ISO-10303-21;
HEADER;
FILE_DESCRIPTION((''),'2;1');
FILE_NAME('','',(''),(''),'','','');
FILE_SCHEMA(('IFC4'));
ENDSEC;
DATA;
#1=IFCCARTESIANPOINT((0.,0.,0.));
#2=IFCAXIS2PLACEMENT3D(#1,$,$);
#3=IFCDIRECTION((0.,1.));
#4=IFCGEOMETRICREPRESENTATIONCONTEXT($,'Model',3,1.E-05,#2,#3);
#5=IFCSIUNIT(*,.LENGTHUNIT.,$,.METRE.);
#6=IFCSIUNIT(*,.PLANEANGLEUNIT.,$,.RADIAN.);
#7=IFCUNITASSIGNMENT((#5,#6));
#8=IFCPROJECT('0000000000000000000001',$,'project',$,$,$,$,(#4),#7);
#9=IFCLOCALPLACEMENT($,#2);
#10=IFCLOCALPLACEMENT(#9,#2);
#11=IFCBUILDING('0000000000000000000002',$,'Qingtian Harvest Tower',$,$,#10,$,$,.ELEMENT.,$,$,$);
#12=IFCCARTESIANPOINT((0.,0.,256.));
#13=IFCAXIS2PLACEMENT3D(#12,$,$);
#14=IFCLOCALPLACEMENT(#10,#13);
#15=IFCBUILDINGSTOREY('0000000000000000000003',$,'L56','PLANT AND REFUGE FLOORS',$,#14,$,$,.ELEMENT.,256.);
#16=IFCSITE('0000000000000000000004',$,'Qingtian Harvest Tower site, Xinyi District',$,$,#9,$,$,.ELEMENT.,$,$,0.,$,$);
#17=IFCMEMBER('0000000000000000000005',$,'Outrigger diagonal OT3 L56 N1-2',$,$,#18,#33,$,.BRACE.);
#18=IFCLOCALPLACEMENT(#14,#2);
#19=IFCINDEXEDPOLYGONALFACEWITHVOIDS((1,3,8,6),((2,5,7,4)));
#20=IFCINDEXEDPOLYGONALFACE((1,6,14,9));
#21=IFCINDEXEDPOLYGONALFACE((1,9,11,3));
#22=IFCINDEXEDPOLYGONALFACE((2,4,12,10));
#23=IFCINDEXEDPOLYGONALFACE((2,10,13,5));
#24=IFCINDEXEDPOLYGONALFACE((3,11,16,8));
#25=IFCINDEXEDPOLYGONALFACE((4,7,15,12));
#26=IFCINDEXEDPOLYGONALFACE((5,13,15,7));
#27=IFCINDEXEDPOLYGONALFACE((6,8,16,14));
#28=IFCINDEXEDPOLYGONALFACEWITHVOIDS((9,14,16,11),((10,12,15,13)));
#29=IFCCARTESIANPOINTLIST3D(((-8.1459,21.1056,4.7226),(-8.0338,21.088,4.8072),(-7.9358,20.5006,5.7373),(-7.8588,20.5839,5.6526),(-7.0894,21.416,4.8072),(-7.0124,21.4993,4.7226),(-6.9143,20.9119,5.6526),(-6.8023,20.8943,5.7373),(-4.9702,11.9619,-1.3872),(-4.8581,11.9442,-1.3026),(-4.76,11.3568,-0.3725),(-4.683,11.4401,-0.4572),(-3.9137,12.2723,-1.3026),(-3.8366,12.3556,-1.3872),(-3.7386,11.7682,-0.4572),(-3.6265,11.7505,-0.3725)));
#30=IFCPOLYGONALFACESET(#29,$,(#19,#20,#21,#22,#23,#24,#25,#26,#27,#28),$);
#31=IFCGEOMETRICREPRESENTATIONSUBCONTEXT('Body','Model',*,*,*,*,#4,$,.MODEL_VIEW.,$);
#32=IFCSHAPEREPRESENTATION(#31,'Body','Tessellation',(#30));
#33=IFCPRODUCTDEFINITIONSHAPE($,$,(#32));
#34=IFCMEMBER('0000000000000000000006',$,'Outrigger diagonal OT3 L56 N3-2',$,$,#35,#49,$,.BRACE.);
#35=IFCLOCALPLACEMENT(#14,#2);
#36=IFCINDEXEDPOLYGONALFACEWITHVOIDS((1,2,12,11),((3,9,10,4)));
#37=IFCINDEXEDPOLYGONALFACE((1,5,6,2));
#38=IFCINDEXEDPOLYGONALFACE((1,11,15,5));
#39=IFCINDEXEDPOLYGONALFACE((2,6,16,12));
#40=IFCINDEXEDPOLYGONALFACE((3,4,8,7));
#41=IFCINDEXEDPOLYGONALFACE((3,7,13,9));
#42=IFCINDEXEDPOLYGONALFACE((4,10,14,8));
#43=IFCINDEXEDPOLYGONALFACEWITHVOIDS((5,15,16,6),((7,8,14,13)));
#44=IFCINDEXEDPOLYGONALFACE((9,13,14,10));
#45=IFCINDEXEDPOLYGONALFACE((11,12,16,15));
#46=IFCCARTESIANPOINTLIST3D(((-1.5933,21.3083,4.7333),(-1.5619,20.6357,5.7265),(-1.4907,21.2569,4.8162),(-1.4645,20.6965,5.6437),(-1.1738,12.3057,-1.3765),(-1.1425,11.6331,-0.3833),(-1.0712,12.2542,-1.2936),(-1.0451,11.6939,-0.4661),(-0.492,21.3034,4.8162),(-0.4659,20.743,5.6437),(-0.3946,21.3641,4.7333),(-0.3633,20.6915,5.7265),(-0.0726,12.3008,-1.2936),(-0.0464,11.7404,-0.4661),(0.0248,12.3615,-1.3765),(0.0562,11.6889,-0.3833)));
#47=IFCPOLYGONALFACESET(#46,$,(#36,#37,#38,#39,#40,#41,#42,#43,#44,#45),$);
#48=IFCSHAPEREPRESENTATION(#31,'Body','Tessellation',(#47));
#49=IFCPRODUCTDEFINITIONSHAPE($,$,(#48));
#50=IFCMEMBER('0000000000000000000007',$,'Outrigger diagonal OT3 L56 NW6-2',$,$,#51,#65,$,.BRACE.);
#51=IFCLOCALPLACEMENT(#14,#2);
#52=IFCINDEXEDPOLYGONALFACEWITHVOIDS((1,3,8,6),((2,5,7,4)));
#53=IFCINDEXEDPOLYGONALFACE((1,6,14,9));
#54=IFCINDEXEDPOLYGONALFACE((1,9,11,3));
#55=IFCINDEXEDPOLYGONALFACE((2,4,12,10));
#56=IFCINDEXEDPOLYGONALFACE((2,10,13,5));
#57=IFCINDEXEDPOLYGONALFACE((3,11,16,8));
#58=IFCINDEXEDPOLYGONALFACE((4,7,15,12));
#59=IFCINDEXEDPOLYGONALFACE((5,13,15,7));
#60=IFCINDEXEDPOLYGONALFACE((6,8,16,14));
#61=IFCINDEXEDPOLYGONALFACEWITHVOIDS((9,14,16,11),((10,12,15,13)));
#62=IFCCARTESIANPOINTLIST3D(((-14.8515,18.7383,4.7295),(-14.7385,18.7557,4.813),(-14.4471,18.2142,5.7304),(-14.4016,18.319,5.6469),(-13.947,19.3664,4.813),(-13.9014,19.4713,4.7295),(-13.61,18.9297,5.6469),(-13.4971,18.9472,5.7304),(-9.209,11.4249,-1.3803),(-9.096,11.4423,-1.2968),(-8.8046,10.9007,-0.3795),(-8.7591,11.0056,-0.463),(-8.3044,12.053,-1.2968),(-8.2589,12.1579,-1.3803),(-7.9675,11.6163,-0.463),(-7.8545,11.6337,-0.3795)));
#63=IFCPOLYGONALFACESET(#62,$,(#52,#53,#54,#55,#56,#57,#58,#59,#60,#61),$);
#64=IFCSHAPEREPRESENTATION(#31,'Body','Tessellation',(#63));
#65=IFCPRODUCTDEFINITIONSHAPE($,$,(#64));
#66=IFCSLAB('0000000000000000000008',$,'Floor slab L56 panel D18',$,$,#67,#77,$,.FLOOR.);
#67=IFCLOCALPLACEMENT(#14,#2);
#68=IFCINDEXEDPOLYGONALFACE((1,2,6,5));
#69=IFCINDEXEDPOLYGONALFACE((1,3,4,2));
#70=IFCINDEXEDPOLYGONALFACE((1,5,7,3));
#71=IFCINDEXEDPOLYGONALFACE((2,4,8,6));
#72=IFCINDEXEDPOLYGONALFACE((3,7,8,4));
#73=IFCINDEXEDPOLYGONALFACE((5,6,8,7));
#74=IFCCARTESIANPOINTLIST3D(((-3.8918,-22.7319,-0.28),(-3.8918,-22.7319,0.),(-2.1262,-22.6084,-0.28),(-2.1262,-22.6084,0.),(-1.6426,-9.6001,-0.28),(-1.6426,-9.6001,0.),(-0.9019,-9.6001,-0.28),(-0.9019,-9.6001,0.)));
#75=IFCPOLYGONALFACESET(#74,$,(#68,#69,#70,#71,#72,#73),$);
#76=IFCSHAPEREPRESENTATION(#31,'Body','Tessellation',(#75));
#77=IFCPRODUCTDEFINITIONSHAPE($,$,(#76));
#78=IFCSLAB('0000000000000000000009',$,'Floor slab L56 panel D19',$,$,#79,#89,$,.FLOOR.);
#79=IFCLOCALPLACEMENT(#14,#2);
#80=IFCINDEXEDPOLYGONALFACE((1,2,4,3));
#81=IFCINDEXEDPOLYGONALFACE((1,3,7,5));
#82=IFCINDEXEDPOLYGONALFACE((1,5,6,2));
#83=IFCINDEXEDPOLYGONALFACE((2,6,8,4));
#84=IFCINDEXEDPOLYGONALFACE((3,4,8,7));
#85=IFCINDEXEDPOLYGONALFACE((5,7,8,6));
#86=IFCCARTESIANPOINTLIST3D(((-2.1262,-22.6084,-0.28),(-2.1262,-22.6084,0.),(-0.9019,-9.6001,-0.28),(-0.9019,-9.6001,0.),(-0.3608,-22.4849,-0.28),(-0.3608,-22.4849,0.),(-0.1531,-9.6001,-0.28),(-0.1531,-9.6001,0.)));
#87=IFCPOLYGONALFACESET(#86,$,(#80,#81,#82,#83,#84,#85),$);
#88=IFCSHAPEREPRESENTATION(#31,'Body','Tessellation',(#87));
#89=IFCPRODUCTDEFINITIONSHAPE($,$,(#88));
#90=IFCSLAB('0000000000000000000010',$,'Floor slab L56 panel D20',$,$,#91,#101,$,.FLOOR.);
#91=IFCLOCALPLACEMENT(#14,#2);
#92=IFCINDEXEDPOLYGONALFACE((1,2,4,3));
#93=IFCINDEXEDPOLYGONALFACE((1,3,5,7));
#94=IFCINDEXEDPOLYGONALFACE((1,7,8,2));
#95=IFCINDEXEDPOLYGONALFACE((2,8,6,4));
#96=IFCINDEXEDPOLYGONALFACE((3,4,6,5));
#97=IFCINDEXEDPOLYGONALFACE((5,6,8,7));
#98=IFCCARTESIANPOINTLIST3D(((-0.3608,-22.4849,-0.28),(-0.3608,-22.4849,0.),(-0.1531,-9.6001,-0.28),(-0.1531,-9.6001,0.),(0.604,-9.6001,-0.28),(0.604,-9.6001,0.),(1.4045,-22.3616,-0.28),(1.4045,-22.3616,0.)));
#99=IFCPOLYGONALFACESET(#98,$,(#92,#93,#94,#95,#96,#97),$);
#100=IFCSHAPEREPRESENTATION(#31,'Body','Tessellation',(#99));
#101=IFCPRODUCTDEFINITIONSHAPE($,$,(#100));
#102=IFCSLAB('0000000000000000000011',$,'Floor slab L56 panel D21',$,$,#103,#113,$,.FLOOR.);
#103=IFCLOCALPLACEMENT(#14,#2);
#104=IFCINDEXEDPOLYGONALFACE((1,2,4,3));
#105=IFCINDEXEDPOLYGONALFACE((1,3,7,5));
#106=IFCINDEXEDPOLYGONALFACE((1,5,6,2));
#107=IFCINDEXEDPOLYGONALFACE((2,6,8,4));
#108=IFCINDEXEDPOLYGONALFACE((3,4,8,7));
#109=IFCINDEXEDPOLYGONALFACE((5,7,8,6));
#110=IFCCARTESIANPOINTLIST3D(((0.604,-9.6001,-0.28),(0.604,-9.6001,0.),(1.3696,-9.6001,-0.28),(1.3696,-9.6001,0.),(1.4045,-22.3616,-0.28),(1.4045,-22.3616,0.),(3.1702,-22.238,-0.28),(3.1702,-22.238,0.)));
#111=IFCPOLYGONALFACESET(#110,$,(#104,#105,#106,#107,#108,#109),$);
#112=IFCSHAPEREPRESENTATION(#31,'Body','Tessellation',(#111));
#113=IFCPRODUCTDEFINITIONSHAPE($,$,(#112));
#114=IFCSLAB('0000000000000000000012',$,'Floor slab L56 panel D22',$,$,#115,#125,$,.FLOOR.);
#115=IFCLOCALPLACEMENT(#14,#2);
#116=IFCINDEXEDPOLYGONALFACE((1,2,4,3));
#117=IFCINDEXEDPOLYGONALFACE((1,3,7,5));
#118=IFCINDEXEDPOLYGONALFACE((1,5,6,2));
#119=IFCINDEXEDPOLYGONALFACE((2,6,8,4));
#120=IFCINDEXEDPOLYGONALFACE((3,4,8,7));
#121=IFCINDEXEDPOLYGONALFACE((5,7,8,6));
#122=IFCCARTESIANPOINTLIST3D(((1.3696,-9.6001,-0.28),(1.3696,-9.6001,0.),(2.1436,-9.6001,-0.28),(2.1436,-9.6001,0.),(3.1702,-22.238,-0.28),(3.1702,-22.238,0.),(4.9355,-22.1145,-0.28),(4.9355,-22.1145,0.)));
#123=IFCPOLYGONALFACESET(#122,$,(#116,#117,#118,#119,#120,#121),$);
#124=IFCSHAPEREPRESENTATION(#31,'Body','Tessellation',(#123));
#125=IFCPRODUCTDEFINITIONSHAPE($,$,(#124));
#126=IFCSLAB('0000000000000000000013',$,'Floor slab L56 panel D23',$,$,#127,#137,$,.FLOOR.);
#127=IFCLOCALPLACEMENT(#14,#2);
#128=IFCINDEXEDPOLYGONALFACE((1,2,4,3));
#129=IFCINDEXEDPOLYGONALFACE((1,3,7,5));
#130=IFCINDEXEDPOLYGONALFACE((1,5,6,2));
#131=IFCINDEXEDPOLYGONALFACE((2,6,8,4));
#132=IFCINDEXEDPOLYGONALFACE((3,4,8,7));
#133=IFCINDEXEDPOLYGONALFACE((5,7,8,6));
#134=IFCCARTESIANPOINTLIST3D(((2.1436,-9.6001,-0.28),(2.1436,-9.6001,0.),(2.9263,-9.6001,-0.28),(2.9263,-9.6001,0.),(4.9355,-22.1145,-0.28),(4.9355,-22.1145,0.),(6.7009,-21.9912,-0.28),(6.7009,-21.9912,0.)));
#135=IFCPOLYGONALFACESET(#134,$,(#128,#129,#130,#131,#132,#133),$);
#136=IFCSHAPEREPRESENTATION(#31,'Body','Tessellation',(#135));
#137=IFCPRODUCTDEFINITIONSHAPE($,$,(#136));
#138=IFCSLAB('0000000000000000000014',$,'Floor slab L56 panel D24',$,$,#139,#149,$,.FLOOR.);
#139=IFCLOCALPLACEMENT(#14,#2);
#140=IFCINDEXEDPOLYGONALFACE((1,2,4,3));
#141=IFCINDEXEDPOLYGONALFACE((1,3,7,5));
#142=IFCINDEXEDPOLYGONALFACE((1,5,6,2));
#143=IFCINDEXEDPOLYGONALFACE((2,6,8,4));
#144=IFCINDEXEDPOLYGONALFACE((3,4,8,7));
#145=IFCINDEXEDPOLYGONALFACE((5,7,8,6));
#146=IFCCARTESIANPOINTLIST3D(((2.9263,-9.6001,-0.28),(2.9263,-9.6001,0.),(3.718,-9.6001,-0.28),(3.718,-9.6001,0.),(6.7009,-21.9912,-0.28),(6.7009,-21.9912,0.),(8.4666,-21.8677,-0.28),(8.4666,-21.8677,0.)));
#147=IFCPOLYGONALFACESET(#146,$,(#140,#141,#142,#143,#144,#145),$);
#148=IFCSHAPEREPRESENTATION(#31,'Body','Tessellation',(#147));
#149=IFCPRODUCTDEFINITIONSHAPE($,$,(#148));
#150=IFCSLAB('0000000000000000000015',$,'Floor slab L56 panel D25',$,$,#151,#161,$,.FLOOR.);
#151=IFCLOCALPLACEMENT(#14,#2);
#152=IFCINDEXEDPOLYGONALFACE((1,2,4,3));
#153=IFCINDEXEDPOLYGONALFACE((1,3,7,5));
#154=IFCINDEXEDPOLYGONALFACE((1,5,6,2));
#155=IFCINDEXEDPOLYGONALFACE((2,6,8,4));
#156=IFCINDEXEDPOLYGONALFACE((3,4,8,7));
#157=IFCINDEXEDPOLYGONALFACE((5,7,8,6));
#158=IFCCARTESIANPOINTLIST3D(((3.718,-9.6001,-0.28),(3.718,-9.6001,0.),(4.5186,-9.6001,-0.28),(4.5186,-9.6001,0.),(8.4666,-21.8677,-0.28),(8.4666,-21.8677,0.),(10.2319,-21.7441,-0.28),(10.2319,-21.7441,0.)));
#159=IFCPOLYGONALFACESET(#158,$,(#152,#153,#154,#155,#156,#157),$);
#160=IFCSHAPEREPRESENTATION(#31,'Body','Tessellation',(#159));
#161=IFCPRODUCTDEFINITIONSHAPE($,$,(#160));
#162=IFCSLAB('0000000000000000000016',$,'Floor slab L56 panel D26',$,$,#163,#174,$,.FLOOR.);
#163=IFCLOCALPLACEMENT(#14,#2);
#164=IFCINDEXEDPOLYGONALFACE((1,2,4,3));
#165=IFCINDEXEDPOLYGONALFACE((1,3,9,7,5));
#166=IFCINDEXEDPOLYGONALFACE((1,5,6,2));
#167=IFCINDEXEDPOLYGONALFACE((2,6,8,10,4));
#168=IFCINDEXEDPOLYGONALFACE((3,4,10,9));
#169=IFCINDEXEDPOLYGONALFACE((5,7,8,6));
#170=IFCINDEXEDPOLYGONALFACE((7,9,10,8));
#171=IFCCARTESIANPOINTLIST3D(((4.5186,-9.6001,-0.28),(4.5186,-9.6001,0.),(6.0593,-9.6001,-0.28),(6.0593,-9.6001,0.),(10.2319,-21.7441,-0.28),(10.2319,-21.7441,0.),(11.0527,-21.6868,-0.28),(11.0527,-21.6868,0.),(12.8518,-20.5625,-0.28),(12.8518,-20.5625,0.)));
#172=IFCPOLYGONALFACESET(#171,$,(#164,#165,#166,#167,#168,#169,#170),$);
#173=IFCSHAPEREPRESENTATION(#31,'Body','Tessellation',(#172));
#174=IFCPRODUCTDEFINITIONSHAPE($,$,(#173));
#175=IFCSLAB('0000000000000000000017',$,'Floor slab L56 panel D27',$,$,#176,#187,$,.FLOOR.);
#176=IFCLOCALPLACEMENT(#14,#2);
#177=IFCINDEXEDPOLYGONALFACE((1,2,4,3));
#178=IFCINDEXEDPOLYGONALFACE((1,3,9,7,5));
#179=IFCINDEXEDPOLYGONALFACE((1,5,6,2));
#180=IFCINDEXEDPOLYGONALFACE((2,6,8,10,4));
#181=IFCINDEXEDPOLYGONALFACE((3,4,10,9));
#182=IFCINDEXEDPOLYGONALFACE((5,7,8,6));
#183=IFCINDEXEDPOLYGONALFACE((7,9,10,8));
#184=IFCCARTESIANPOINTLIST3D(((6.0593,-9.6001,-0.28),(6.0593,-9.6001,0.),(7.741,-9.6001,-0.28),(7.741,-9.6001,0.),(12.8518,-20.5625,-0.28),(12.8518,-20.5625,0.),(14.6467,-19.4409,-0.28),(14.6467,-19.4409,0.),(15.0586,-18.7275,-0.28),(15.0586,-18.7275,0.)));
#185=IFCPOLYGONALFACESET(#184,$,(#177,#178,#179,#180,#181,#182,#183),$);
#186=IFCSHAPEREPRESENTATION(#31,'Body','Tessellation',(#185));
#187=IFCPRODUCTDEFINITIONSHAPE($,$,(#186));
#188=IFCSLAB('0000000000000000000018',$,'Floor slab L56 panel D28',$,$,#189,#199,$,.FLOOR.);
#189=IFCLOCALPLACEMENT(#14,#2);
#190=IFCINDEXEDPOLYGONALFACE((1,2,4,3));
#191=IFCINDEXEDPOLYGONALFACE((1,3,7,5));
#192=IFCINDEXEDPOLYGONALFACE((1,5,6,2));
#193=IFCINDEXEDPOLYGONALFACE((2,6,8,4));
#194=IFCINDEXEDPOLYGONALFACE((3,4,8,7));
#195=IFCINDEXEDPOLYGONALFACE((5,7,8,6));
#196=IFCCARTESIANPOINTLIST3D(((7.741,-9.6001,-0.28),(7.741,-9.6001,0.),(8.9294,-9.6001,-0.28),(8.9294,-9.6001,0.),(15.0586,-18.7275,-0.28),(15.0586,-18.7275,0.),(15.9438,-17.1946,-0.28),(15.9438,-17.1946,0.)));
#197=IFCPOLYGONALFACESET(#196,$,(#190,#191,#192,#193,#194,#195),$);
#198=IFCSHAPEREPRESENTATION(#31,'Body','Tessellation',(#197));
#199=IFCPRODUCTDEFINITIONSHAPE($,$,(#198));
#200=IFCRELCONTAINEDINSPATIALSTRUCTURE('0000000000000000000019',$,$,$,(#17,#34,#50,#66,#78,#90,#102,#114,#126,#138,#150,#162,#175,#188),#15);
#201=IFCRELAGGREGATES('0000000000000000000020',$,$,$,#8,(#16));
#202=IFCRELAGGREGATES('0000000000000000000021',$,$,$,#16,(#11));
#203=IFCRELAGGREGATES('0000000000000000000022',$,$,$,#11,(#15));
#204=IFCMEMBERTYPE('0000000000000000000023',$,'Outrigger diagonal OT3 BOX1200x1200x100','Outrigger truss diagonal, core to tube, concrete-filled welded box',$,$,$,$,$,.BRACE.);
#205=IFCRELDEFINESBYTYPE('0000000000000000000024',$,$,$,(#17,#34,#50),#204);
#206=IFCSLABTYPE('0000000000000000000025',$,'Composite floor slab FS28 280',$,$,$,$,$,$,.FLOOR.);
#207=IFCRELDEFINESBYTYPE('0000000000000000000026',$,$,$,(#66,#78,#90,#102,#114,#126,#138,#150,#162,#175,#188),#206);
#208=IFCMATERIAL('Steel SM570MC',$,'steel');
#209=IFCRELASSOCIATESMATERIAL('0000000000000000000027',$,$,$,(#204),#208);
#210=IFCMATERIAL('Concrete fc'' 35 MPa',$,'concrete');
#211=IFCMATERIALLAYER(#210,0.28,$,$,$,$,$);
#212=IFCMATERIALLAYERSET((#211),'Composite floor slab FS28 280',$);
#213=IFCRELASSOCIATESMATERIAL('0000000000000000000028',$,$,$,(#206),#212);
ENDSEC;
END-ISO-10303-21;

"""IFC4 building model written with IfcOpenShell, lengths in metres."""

from ifc_helpers import new_model, si_unit, direction, frame, origin, origin_2d, place, context, subcontext, project, spatial, polyline, hollow_rectangle, outline, extrude, material, layer, layer_set, material_profile, profile_set, type_object, element, save


model = new_model("IFC4")

# Units and contexts
model_context = context("Model", 3, precision=1e-05, world=origin(), true_north=direction((0.0, 1.0)))
body_context = subcontext(model_context, "Body", "Model", "MODEL_VIEW")
ifc_project = project(units=[si_unit("LENGTHUNIT", "METRE"), si_unit("PLANEANGLEUNIT", "RADIAN")], contexts=[model_context])

# Site, building, storey
site_placement = place(None, origin())
site = spatial("IfcSite", under=ifc_project, at=site_placement, Name="Qingtian Harvest Tower site, Xinyi District", CompositionType="ELEMENT", RefElevation=0.0)
building_placement = place(site_placement, origin())
building = spatial("IfcBuilding", under=site, at=building_placement, Name="Qingtian Harvest Tower", CompositionType="ELEMENT")
storey_placement = place(building_placement, frame((0.0, 0.0, 256.0)))
storey = spatial("IfcBuildingStorey", under=building, at=storey_placement, Name="L56", Description="PLANT AND REFUGE FLOORS", CompositionType="ELEMENT", Elevation=256.0)

# Members
ifc_material_1 = material(Name="Steel SM570MC", Category="steel")
ifc_material_profile = material_profile(ifc_material_1, hollow_rectangle(XDim=1.2, YDim=1.2, WallThickness=0.1001, at=origin_2d()), Name="BOX1200x1200x100")
ifc_profile_set = profile_set([ifc_material_profile], Name="Steel SM570MC")
member_type = type_object("IfcMemberType", Name="Outrigger diagonal OT3 BOX1200x1200x100", Description="Outrigger truss diagonal, core to tube, concrete-filled welded box", PredefinedType="BRACE", material=ifc_profile_set)
member_1_placement = place(storey_placement, frame((-4.2983, 11.8562, -0.8799), z_axis=(-0.277443, 0.798821, 0.53377), x_axis=(-0.944646, -0.32809, 0.0)))
element("IfcMember", 1, at=member_1_placement, inside=storey, type_object=member_type, Name="Outrigger diagonal OT3 L56 N1-2", PredefinedType="BRACE", context=body_context, shape_type="SweptSolid", body=[
    extrude(hollow_rectangle(XDim=1.2, YDim=1.2, WallThickness=0.1001, at=origin_2d()), origin(), (0.0, 0.0, 1.0), 11.4465),
])
member_2_placement = place(storey_placement, frame((-0.5588, 11.9973, -0.8799), z_axis=(-0.038522, 0.826823, 0.561141), x_axis=(-0.998916, -0.046539, 0.0)))
element("IfcMember", 2, at=member_2_placement, inside=storey, type_object=member_type, Name="Outrigger diagonal OT3 L56 N3-2", PredefinedType="BRACE", context=body_context, shape_type="SweptSolid", body=[
    extrude(hollow_rectangle(XDim=1.2, YDim=1.2, WallThickness=0.1001, at=origin_2d()), origin(), (0.0, 0.0, 1.0), 10.8882),
])
member_3_placement = place(storey_placement, frame((-8.5317, 11.5293, -0.8799), z_axis=(-0.509487, 0.660358, 0.55168), x_axis=(-0.791743, -0.610855, 0.0)))
element("IfcMember", 3, at=member_3_placement, inside=storey, type_object=member_type, Name="Outrigger diagonal OT3 L56 NW6-2", PredefinedType="BRACE", context=body_context, shape_type="SweptSolid", body=[
    extrude(hollow_rectangle(XDim=1.2, YDim=1.2, WallThickness=0.1001, at=origin_2d()), origin(), (0.0, 0.0, 1.0), 11.075),
])

# Slabs
ifc_material_2 = material(Name="Concrete fc' 35 MPa", Category="concrete")
ifc_layer_1 = layer(ifc_material_2, 0.28)
ifc_layer_set_1 = layer_set([ifc_layer_1], Name="Composite floor slab FS28 280")
slab_type = type_object("IfcSlabType", Name="Composite floor slab FS28 280", PredefinedType="FLOOR", material=ifc_layer_set_1)
slab_1_placement = place(storey_placement, frame((0.0, 0.0, -0.28)))
element("IfcSlab", 4, at=slab_1_placement, inside=storey, type_object=slab_type, Name="Floor slab L56 panel D18", PredefinedType="FLOOR", context=body_context, shape_type="SweptSolid", body=[
    extrude(outline(polyline([(-0.9019, -9.6001), (-2.1262, -22.6084), (-3.8918, -22.7319), (-1.6426, -9.6001), (-0.9019, -9.6001)])), origin(), (0.0, 0.0, 1.0), 0.28),
])
slab_2_placement = place(storey_placement, frame((0.0, 0.0, -0.28)))
element("IfcSlab", 5, at=slab_2_placement, inside=storey, type_object=slab_type, Name="Floor slab L56 panel D19", PredefinedType="FLOOR", context=body_context, shape_type="SweptSolid", body=[
    extrude(outline(polyline([(-0.1531, -9.6001), (-0.3608, -22.4849), (-2.1262, -22.6084), (-0.9019, -9.6001), (-0.1531, -9.6001)])), origin(), (0.0, 0.0, 1.0), 0.28),
])
slab_3_placement = place(storey_placement, frame((0.0, 0.0, -0.28)))
element("IfcSlab", 6, at=slab_3_placement, inside=storey, type_object=slab_type, Name="Floor slab L56 panel D20", PredefinedType="FLOOR", context=body_context, shape_type="SweptSolid", body=[
    extrude(outline(polyline([(0.604, -9.6001), (1.4045, -22.3616), (-0.3608, -22.4849), (-0.1531, -9.6001), (0.604, -9.6001)])), origin(), (0.0, 0.0, 1.0), 0.28),
])
slab_4_placement = place(storey_placement, frame((0.0, 0.0, -0.28)))
element("IfcSlab", 7, at=slab_4_placement, inside=storey, type_object=slab_type, Name="Floor slab L56 panel D21", PredefinedType="FLOOR", context=body_context, shape_type="SweptSolid", body=[
    extrude(outline(polyline([(1.3696, -9.6001), (3.1702, -22.238), (1.4045, -22.3616), (0.604, -9.6001), (1.3696, -9.6001)])), origin(), (0.0, 0.0, 1.0), 0.28),
])
slab_5_placement = place(storey_placement, frame((0.0, 0.0, -0.28)))
element("IfcSlab", 8, at=slab_5_placement, inside=storey, type_object=slab_type, Name="Floor slab L56 panel D22", PredefinedType="FLOOR", context=body_context, shape_type="SweptSolid", body=[
    extrude(outline(polyline([(2.1436, -9.6001), (4.9355, -22.1145), (3.1702, -22.238), (1.3696, -9.6001), (2.1436, -9.6001)])), origin(), (0.0, 0.0, 1.0), 0.28),
])
slab_6_placement = place(storey_placement, frame((0.0, 0.0, -0.28)))
element("IfcSlab", 9, at=slab_6_placement, inside=storey, type_object=slab_type, Name="Floor slab L56 panel D23", PredefinedType="FLOOR", context=body_context, shape_type="SweptSolid", body=[
    extrude(outline(polyline([(2.9263, -9.6001), (6.7009, -21.9912), (4.9355, -22.1145), (2.1436, -9.6001), (2.9263, -9.6001)])), origin(), (0.0, 0.0, 1.0), 0.28),
])
slab_7_placement = place(storey_placement, frame((0.0, 0.0, -0.28)))
element("IfcSlab", 10, at=slab_7_placement, inside=storey, type_object=slab_type, Name="Floor slab L56 panel D24", PredefinedType="FLOOR", context=body_context, shape_type="SweptSolid", body=[
    extrude(outline(polyline([(3.718, -9.6001), (8.4666, -21.8677), (6.7009, -21.9912), (2.9263, -9.6001), (3.718, -9.6001)])), origin(), (0.0, 0.0, 1.0), 0.28),
])
slab_8_placement = place(storey_placement, frame((0.0, 0.0, -0.28)))
element("IfcSlab", 11, at=slab_8_placement, inside=storey, type_object=slab_type, Name="Floor slab L56 panel D25", PredefinedType="FLOOR", context=body_context, shape_type="SweptSolid", body=[
    extrude(outline(polyline([(4.5186, -9.6001), (10.2319, -21.7441), (8.4666, -21.8677), (3.718, -9.6001), (4.5186, -9.6001)])), origin(), (0.0, 0.0, 1.0), 0.28),
])
slab_9_placement = place(storey_placement, frame((0.0, 0.0, -0.28)))
element("IfcSlab", 12, at=slab_9_placement, inside=storey, type_object=slab_type, Name="Floor slab L56 panel D26", PredefinedType="FLOOR", context=body_context, shape_type="SweptSolid", body=[
    extrude(outline(polyline([(4.5186, -9.6001), (6.0593, -9.6001), (12.8518, -20.5625), (11.0527, -21.6868), (10.2319, -21.7441), (4.5186, -9.6001)])), origin(), (0.0, 0.0, 1.0), 0.28),
])
slab_10_placement = place(storey_placement, frame((0.0, 0.0, -0.28)))
element("IfcSlab", 13, at=slab_10_placement, inside=storey, type_object=slab_type, Name="Floor slab L56 panel D27", PredefinedType="FLOOR", context=body_context, shape_type="SweptSolid", body=[
    extrude(outline(polyline([(6.0593, -9.6001), (7.741, -9.6001), (15.0586, -18.7275), (14.6467, -19.4409), (12.8518, -20.5625), (6.0593, -9.6001)])), origin(), (0.0, 0.0, 1.0), 0.28),
])
slab_11_placement = place(storey_placement, frame((0.0, 0.0, -0.28)))
element("IfcSlab", 14, at=slab_11_placement, inside=storey, type_object=slab_type, Name="Floor slab L56 panel D28", PredefinedType="FLOOR", context=body_context, shape_type="SweptSolid", body=[
    extrude(outline(polyline([(8.9294, -9.6001), (15.9438, -17.1946), (15.0586, -18.7275), (7.741, -9.6001), (8.9294, -9.6001)])), origin(), (0.0, 0.0, 1.0), 0.28),
])

save(model, "model.ifc")
